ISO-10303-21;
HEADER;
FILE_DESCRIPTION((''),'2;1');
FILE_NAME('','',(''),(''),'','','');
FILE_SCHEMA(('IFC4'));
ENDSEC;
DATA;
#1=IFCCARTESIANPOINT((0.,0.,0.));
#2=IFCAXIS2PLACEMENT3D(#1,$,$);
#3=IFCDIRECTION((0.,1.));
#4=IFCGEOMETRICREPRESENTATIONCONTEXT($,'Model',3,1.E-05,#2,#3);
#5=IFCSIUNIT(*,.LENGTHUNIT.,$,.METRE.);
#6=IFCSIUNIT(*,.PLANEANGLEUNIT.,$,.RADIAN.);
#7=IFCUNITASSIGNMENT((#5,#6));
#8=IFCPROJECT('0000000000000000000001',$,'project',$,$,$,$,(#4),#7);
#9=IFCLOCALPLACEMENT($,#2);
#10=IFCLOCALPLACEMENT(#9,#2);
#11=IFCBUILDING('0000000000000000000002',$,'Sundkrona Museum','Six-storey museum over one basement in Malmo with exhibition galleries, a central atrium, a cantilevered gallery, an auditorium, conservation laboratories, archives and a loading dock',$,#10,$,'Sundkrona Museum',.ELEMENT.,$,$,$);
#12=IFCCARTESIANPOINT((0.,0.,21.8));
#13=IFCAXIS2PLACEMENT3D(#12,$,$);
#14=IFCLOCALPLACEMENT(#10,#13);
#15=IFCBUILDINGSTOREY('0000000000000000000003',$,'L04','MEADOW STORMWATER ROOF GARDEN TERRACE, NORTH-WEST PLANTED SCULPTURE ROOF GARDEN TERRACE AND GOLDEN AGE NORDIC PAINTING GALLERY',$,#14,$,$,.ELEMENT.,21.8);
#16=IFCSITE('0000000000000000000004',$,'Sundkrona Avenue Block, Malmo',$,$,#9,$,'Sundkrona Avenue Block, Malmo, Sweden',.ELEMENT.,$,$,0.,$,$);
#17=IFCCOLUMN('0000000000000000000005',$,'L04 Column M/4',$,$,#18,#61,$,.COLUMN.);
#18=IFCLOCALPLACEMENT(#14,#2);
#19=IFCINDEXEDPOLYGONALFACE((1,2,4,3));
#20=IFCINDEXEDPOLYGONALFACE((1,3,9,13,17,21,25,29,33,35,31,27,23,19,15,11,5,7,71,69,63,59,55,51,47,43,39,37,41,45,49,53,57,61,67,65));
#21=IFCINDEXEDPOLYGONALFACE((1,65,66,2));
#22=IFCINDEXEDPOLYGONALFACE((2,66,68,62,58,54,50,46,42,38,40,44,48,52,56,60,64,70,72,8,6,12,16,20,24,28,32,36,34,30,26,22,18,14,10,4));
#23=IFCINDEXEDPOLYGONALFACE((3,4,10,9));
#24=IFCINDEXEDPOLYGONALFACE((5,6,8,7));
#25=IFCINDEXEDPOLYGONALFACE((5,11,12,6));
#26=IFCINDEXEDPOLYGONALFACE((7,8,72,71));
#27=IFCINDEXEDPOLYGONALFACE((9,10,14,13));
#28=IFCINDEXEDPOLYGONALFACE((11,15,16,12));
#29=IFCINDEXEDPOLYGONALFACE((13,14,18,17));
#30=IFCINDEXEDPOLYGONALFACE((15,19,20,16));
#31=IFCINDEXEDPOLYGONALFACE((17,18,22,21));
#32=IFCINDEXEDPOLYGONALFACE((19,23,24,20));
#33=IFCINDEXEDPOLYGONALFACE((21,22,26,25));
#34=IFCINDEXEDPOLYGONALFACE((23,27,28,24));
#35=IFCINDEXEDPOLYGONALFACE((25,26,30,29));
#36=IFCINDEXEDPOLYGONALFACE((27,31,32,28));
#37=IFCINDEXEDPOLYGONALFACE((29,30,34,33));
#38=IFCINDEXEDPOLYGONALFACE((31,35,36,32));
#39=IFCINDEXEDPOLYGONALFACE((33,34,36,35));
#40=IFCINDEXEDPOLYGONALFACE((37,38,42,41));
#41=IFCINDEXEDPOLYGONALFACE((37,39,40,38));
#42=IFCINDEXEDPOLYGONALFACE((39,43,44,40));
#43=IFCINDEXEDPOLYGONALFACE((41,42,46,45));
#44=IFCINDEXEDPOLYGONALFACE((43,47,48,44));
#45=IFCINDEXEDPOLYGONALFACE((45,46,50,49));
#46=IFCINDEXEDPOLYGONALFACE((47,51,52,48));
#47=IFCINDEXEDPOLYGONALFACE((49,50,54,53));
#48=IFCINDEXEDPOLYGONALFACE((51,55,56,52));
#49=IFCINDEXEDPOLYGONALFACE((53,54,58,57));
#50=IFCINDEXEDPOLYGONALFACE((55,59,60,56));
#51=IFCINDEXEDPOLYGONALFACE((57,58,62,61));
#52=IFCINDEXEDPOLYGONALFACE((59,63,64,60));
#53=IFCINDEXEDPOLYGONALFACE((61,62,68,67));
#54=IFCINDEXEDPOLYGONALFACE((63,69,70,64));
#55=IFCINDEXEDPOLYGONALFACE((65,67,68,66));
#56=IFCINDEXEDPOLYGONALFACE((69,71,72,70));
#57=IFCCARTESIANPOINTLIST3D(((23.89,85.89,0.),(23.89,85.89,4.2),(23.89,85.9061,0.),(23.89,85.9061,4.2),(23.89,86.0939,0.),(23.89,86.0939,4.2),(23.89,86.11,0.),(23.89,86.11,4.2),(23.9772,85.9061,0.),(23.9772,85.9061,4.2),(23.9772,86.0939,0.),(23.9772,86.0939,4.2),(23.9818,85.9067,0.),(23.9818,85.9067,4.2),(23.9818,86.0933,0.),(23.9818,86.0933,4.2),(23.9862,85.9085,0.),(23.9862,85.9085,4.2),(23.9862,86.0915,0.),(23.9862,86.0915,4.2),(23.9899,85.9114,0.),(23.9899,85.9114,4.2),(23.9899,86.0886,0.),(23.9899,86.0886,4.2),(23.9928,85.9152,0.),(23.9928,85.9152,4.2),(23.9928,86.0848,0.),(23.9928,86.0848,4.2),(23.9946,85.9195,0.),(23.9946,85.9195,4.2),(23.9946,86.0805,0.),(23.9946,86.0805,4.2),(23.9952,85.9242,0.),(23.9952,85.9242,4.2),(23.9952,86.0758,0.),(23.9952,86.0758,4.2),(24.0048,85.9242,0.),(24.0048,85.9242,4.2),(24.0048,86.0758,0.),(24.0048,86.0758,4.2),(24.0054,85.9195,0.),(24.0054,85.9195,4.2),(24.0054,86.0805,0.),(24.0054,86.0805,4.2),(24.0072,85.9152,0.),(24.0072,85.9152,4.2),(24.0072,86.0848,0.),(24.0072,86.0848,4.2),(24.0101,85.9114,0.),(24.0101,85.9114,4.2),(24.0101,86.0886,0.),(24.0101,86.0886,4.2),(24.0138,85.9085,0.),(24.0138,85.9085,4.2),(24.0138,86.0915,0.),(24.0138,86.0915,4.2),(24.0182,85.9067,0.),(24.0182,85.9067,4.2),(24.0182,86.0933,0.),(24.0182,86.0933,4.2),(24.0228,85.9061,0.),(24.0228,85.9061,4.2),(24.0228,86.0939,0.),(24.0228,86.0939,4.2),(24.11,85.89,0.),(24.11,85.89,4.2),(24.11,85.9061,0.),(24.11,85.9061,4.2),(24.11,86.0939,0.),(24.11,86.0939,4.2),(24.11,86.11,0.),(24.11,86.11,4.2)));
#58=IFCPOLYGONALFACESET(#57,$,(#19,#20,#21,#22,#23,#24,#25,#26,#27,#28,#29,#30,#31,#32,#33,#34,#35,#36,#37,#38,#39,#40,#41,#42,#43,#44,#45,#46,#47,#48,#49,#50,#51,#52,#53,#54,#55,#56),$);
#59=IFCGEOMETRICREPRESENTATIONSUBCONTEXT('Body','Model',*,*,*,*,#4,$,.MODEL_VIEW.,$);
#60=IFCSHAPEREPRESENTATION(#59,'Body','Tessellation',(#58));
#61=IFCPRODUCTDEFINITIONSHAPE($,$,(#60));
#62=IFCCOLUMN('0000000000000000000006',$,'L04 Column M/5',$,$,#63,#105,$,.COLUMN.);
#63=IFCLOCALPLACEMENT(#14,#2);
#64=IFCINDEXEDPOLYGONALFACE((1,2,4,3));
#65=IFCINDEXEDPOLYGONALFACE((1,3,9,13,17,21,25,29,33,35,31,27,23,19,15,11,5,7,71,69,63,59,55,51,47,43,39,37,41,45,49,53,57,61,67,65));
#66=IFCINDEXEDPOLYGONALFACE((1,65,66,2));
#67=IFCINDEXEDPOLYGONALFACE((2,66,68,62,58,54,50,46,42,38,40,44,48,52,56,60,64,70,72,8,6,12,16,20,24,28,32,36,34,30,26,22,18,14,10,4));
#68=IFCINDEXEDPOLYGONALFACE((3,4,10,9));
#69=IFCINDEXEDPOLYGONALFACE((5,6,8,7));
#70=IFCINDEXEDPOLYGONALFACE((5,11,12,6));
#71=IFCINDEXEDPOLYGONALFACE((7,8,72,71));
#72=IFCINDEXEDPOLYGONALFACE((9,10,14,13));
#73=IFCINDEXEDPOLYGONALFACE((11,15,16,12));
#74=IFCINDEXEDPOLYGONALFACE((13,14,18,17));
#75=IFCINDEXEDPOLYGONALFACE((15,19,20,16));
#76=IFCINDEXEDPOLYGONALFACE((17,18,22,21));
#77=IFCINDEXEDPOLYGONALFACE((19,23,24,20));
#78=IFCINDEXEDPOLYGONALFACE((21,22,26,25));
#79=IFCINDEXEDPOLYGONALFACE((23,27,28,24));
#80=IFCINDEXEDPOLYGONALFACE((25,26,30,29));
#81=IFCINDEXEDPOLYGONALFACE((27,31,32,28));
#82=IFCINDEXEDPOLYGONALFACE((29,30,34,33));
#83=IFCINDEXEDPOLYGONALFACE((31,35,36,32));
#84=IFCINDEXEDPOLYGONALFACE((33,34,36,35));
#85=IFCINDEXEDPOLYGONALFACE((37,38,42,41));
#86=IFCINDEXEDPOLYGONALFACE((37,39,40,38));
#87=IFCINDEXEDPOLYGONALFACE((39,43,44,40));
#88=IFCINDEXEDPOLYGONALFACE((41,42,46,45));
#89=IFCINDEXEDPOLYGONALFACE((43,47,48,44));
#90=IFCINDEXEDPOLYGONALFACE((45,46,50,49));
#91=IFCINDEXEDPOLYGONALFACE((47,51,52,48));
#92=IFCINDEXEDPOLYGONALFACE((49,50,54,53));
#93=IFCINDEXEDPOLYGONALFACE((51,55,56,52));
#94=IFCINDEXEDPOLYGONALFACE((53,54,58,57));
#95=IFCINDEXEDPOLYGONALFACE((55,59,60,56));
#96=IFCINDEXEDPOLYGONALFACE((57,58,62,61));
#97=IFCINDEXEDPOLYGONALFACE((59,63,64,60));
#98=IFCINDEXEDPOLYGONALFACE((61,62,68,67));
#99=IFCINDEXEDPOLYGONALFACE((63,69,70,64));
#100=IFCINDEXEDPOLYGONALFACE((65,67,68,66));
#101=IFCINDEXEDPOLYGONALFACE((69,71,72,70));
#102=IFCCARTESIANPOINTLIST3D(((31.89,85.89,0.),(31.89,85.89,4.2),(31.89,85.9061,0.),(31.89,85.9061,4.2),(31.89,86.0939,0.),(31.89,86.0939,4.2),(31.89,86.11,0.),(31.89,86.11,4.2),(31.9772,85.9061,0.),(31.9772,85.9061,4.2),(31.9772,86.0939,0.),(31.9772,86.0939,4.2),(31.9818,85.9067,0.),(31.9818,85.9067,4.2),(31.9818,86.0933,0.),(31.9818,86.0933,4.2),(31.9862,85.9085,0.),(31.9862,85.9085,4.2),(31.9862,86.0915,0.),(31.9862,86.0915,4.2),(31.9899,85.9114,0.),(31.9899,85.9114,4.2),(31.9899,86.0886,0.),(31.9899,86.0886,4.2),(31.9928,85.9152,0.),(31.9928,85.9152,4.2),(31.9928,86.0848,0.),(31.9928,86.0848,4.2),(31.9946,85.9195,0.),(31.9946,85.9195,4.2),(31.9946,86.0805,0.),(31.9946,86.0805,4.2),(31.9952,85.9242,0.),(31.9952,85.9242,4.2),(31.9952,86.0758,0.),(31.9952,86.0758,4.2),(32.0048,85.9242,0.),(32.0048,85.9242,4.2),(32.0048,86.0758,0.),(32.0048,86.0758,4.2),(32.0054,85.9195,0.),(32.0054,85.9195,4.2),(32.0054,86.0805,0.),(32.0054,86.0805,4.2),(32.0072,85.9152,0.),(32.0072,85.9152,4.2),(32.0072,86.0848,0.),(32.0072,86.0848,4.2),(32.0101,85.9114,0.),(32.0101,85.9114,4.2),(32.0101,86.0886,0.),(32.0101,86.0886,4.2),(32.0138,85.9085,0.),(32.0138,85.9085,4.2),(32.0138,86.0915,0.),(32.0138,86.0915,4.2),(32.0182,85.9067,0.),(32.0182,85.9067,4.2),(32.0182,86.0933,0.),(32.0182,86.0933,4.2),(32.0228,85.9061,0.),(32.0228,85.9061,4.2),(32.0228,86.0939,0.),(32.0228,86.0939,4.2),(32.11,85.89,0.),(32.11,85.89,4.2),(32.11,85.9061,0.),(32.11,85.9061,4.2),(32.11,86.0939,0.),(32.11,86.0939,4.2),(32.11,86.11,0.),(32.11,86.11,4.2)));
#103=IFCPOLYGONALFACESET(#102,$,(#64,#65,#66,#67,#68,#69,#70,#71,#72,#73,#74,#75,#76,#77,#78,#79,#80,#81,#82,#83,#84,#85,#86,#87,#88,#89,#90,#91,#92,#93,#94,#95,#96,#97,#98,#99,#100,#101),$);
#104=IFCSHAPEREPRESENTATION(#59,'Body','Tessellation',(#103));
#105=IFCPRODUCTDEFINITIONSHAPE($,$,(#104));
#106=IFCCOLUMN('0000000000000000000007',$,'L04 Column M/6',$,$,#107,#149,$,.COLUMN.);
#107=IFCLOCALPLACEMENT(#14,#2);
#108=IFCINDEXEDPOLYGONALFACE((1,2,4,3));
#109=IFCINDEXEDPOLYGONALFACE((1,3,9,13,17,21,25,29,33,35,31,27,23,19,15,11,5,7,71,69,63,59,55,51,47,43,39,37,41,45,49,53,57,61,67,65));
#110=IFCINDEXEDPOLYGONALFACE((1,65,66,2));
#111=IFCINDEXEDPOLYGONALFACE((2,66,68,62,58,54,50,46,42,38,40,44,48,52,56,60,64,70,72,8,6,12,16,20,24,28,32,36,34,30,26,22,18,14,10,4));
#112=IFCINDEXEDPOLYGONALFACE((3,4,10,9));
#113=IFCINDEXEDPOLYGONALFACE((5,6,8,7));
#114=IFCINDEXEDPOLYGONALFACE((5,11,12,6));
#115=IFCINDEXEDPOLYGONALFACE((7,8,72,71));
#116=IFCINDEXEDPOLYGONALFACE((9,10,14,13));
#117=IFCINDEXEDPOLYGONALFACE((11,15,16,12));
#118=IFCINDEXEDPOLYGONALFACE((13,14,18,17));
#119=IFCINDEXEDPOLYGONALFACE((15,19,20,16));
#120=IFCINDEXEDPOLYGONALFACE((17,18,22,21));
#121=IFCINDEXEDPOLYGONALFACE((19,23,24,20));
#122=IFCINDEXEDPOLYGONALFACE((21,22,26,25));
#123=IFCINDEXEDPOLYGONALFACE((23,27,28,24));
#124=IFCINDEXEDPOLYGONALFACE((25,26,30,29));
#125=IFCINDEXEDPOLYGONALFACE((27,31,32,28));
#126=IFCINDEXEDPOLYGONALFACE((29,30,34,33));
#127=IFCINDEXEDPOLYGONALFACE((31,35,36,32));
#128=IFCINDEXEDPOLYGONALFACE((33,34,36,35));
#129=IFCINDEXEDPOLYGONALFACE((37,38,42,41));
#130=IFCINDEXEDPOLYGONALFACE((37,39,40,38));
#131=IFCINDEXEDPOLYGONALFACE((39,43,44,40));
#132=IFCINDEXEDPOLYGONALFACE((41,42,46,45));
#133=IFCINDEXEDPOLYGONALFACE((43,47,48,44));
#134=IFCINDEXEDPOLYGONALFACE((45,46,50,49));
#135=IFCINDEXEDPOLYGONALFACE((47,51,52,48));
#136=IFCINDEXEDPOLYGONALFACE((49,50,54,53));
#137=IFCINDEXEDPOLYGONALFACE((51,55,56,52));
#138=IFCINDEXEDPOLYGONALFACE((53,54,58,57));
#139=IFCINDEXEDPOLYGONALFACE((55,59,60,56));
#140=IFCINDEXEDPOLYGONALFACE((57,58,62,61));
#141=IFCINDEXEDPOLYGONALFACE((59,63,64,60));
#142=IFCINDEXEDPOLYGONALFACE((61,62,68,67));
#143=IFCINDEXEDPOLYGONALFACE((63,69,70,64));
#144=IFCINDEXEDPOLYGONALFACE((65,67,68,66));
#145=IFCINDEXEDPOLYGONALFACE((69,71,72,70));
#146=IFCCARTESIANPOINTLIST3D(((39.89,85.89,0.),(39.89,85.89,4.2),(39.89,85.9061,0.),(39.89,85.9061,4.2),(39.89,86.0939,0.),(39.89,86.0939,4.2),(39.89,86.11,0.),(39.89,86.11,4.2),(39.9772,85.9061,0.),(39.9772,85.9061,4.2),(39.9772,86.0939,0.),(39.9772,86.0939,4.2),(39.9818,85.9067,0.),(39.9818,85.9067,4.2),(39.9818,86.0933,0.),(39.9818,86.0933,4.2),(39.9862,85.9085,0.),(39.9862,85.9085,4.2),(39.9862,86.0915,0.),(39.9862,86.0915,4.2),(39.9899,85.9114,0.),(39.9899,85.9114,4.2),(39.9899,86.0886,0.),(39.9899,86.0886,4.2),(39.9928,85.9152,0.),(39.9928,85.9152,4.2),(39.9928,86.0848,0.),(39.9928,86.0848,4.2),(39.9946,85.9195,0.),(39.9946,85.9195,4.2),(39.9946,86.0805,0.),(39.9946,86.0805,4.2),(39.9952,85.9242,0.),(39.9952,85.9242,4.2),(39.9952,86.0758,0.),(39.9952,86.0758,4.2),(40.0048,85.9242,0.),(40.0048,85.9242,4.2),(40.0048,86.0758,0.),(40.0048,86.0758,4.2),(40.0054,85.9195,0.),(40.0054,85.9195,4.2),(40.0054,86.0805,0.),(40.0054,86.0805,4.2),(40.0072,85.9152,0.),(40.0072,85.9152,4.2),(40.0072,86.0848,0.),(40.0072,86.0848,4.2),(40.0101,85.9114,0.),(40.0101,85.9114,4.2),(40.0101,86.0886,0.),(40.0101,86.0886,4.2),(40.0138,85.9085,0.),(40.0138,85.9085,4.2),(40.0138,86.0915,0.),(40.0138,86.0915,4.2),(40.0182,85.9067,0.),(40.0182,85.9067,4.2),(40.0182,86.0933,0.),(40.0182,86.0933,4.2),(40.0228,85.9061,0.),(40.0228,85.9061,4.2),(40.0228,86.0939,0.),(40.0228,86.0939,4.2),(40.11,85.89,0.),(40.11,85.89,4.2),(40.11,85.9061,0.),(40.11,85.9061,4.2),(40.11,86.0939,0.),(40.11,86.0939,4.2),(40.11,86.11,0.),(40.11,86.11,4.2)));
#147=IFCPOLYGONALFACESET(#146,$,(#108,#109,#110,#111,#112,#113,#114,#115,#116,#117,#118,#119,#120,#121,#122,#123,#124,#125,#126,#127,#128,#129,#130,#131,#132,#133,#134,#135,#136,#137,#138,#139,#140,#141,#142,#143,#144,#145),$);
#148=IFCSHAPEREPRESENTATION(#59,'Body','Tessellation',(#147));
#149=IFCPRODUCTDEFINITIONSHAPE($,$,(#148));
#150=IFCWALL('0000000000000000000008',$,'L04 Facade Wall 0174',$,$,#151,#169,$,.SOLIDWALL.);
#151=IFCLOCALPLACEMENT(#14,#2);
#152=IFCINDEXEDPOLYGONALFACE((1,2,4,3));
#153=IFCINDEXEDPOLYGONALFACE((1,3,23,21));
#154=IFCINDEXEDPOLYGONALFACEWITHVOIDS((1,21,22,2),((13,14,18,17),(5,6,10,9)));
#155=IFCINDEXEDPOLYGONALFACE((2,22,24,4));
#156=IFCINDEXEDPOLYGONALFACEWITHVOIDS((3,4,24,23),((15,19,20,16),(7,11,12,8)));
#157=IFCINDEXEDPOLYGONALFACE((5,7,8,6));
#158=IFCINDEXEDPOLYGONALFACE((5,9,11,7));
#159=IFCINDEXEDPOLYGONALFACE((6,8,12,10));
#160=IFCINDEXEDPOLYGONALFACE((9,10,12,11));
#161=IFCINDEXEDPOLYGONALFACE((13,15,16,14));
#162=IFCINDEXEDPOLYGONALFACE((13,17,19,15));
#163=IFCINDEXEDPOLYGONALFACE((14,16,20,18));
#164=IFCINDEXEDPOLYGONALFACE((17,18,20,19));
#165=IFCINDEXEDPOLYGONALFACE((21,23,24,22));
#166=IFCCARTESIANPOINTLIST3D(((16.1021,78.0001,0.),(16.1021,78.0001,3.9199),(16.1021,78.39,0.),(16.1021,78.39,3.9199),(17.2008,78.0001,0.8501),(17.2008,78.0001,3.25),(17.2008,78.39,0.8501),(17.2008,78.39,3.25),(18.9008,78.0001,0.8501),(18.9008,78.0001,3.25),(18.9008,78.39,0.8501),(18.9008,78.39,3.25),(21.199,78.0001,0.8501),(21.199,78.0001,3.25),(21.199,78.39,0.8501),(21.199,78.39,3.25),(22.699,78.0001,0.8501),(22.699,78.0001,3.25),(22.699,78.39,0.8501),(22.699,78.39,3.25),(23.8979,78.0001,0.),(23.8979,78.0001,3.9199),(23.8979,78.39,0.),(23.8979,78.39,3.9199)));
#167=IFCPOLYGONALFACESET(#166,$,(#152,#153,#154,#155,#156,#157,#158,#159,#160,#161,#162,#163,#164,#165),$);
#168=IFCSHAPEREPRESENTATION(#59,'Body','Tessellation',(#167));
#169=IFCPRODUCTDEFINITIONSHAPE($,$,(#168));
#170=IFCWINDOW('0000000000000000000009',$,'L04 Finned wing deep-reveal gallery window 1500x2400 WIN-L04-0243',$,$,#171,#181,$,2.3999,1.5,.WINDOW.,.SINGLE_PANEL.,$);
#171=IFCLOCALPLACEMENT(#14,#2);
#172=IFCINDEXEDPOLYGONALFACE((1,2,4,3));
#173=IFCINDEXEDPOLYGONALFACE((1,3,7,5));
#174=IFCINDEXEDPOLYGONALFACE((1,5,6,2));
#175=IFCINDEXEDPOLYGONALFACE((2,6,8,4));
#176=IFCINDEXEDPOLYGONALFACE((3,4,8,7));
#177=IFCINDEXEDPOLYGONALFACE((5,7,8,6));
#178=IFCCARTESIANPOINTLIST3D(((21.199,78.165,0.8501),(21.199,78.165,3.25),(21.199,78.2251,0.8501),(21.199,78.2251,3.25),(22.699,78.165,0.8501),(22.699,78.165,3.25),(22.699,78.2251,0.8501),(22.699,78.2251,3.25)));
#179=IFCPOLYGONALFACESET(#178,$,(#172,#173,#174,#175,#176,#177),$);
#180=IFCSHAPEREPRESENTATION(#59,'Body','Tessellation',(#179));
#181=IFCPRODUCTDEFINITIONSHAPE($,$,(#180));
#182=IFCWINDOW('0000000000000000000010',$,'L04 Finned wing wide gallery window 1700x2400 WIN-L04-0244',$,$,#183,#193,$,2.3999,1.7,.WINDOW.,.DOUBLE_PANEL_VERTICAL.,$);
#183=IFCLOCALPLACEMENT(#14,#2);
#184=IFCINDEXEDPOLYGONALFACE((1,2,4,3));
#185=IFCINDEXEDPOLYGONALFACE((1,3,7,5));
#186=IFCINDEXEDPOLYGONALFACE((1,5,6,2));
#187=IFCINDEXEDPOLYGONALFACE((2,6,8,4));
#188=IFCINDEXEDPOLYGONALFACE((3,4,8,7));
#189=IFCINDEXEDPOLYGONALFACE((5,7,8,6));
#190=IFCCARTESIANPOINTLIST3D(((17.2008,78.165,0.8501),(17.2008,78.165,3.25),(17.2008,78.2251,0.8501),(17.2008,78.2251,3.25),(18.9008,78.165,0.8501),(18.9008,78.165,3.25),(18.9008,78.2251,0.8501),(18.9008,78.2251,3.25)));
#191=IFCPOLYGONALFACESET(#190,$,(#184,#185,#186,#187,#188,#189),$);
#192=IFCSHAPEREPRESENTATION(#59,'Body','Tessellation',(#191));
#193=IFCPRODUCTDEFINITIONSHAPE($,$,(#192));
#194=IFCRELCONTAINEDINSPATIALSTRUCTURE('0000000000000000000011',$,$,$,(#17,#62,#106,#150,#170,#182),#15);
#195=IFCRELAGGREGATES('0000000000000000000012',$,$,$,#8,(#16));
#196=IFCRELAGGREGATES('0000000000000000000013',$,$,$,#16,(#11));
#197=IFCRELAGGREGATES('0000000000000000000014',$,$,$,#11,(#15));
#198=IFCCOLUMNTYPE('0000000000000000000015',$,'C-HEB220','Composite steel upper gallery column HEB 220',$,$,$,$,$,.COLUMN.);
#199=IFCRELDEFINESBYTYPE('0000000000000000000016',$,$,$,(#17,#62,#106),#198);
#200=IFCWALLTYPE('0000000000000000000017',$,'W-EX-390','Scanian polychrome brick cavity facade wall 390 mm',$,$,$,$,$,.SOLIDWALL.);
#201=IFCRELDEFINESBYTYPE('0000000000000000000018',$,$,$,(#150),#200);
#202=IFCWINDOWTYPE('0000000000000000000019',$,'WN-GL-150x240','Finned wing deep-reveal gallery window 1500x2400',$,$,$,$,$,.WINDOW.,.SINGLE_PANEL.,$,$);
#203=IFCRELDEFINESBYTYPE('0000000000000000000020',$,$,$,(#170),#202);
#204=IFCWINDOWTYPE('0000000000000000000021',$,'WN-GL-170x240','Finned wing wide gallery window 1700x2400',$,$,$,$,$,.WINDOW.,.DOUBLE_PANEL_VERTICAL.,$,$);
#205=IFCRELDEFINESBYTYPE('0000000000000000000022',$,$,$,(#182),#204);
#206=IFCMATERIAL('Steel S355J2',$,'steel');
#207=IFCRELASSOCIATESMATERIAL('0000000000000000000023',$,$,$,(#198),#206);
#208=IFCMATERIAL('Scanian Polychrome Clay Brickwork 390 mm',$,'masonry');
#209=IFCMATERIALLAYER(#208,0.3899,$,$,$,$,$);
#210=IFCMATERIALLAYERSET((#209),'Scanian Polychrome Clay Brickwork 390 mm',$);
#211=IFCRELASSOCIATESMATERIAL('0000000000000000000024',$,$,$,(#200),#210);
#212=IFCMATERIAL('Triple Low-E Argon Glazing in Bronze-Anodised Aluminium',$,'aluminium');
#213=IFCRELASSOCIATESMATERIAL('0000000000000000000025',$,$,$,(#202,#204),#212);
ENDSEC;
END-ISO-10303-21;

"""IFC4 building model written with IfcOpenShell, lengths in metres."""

from ifc_helpers import new_model, si_unit, direction, frame, frame_2d, origin, origin_2d, place, context, subcontext, project, spatial, rectangle, i_section, extrude, material, layer, layer_set, material_profile, profile_set, type_object, element, fill, save


model = new_model("IFC4")

# Units and contexts
model_context = context("Model", 3, precision=1e-05, world=origin(), true_north=direction((0.0, 1.0)))
body_context = subcontext(model_context, "Body", "Model", "MODEL_VIEW")
ifc_project = project(units=[si_unit("LENGTHUNIT", "METRE"), si_unit("PLANEANGLEUNIT", "RADIAN")], contexts=[model_context])

# Site, building, storey
site_placement = place(None, origin())
site = spatial("IfcSite", under=ifc_project, at=site_placement, Name="Sundkrona Avenue Block, Malmo", LongName="Sundkrona Avenue Block, Malmo, Sweden", CompositionType="ELEMENT", RefElevation=0.0)
building_placement = place(site_placement, origin())
building = spatial("IfcBuilding", under=site, at=building_placement, Name="Sundkrona Museum", Description="Six-storey museum over one basement in Malmo with exhibition galleries, a central atrium, a cantilevered gallery, an auditorium, conservation laboratories, archives and a loading dock", LongName="Sundkrona Museum", CompositionType="ELEMENT")
storey_placement = place(building_placement, frame((0.0, 0.0, 21.8)))
storey = spatial("IfcBuildingStorey", under=building, at=storey_placement, Name="L04", Description="MEADOW STORMWATER ROOF GARDEN TERRACE, NORTH-WEST PLANTED SCULPTURE ROOF GARDEN TERRACE AND GOLDEN AGE NORDIC PAINTING GALLERY", CompositionType="ELEMENT", Elevation=21.8)

# Columns
ifc_material_1 = material(Name="Steel S355J2", Category="steel")
ifc_material_profile_1 = material_profile(ifc_material_1, i_section(OverallWidth=0.22, OverallDepth=0.22, WebThickness=0.0095, FlangeThickness=0.0161, FilletRadius=0.0181, at=origin_2d()), Name="HEB 220")
ifc_profile_set_1 = profile_set([ifc_material_profile_1], Name="Steel S355J2")
column_type_1 = type_object("IfcColumnType", Name="C-HEB220", Description="Composite steel upper gallery column HEB 220", PredefinedType="COLUMN", material=ifc_profile_set_1)
for number, where, z_axis, x_axis, name in (
    (1, (24.0, 86.0, 0.0), (0.0, 0.0, 1.0), (1.0, 0.0, 0.0), "L04 Column M/4"),
    (2, (32.0, 86.0, 0.0), (0.0, 0.0, 1.0), (1.0, 0.0, 0.0), "L04 Column M/5"),
    (3, (40.0, 86.0, 0.0), (0.0, 0.0, 1.0), (1.0, 0.0, 0.0), "L04 Column M/6"),
):
    element("IfcColumn", number, at=place(storey_placement, frame(where, z_axis=z_axis, x_axis=x_axis)), inside=storey, type_object=column_type_1, Name=name, PredefinedType="COLUMN", context=body_context, shape_type="SweptSolid", body=[
        extrude(i_section(OverallWidth=0.22, OverallDepth=0.22, WebThickness=0.0095, FlangeThickness=0.0161, FilletRadius=0.0181, at=origin_2d()), origin(), (0.0, 0.0, 1.0), 4.2),
    ])

# Wall, openings, windows
ifc_material_2 = material(Name="Scanian Polychrome Clay Brickwork 390 mm", Category="masonry")
ifc_layer_1 = layer(ifc_material_2, 0.3899)
ifc_layer_set_1 = layer_set([ifc_layer_1], Name="Scanian Polychrome Clay Brickwork 390 mm")
wall_type_1 = type_object("IfcWallType", Name="W-EX-390", Description="Scanian polychrome brick cavity facade wall 390 mm", PredefinedType="SOLIDWALL", material=ifc_layer_set_1)
wall_1_placement = place(storey_placement, frame((23.8979, 78.1951, 0.0), z_axis=(0.0, 0.0, 1.0), x_axis=(-1.0, 0.0, 0.0)))
wall_1 = element("IfcWall", 4, at=wall_1_placement, inside=storey, type_object=wall_type_1, Name="L04 Facade Wall 0174", PredefinedType="SOLIDWALL", context=body_context, shape_type="SweptSolid", body=[
    extrude(rectangle(XDim=7.7959, YDim=0.3899, at=frame_2d((3.8979, 0.0))), origin(), (0.0, 0.0, 1.0), 3.9199),
])
opening_1_placement = place(wall_1_placement, frame((1.199, 0.0, 0.8501)))
opening_1 = element("IfcOpeningElement", 5, at=opening_1_placement, cuts=wall_1, PredefinedType="OPENING", context=body_context, shape_type="SweptSolid", body=[
    extrude(rectangle(XDim=1.5, YDim=2.3999, at=frame_2d((0.75, 1.2))), frame((0.0, 0.2048, 0.0), z_axis=(0.0, -1.0, 0.0), x_axis=(1.0, 0.0, 0.0)), (0.0, 0.0, 1.0), 0.4099),
])
opening_2_placement = place(wall_1_placement, frame((4.9971, 0.0, 0.8501)))
opening_2 = element("IfcOpeningElement", 6, at=opening_2_placement, cuts=wall_1, PredefinedType="OPENING", context=body_context, shape_type="SweptSolid", body=[
    extrude(rectangle(XDim=1.7, YDim=2.3999, at=frame_2d((0.8501, 1.2))), frame((0.0, 0.2048, 0.0), z_axis=(0.0, -1.0, 0.0), x_axis=(1.0, 0.0, 0.0)), (0.0, 0.0, 1.0), 0.4099),
])
ifc_material_3 = material(Name="Triple Low-E Argon Glazing in Bronze-Anodised Aluminium", Category="aluminium")
window_type_1 = type_object("IfcWindowType", Name="WN-GL-150x240", Description="Finned wing deep-reveal gallery window 1500x2400", PartitioningType="SINGLE_PANEL", PredefinedType="WINDOW", material=ifc_material_3)
window_1_placement = place(opening_1_placement, origin())
window_1 = element("IfcWindow", 7, at=window_1_placement, inside=storey, type_object=window_type_1, Name="L04 Finned wing deep-reveal gallery window 1500x2400 WIN-L04-0243", OverallHeight=2.3999, OverallWidth=1.5, PartitioningType="SINGLE_PANEL", PredefinedType="WINDOW", context=body_context, shape_type="SweptSolid", body=[
    extrude(rectangle(XDim=1.5, YDim=2.3999, at=frame_2d((0.75, 1.2))), frame((0.0, 0.03, 0.0), z_axis=(0.0, -1.0, 0.0), x_axis=(1.0, 0.0, 0.0)), (0.0, 0.0, 1.0), 0.0601),
])
fill(opening_1, window_1)
window_type_2 = type_object("IfcWindowType", Name="WN-GL-170x240", Description="Finned wing wide gallery window 1700x2400", PartitioningType="DOUBLE_PANEL_VERTICAL", PredefinedType="WINDOW", material=ifc_material_3)
window_2_placement = place(opening_2_placement, origin())
window_2 = element("IfcWindow", 8, at=window_2_placement, inside=storey, type_object=window_type_2, Name="L04 Finned wing wide gallery window 1700x2400 WIN-L04-0244", OverallHeight=2.3999, OverallWidth=1.7, PartitioningType="DOUBLE_PANEL_VERTICAL", PredefinedType="WINDOW", context=body_context, shape_type="SweptSolid", body=[
    extrude(rectangle(XDim=1.7, YDim=2.3999, at=frame_2d((0.8501, 1.2))), frame((0.0, 0.03, 0.0), z_axis=(0.0, -1.0, 0.0), x_axis=(1.0, 0.0, 0.0)), (0.0, 0.0, 1.0), 0.0601),
])
fill(opening_2, window_2)

save(model, "model.ifc")
